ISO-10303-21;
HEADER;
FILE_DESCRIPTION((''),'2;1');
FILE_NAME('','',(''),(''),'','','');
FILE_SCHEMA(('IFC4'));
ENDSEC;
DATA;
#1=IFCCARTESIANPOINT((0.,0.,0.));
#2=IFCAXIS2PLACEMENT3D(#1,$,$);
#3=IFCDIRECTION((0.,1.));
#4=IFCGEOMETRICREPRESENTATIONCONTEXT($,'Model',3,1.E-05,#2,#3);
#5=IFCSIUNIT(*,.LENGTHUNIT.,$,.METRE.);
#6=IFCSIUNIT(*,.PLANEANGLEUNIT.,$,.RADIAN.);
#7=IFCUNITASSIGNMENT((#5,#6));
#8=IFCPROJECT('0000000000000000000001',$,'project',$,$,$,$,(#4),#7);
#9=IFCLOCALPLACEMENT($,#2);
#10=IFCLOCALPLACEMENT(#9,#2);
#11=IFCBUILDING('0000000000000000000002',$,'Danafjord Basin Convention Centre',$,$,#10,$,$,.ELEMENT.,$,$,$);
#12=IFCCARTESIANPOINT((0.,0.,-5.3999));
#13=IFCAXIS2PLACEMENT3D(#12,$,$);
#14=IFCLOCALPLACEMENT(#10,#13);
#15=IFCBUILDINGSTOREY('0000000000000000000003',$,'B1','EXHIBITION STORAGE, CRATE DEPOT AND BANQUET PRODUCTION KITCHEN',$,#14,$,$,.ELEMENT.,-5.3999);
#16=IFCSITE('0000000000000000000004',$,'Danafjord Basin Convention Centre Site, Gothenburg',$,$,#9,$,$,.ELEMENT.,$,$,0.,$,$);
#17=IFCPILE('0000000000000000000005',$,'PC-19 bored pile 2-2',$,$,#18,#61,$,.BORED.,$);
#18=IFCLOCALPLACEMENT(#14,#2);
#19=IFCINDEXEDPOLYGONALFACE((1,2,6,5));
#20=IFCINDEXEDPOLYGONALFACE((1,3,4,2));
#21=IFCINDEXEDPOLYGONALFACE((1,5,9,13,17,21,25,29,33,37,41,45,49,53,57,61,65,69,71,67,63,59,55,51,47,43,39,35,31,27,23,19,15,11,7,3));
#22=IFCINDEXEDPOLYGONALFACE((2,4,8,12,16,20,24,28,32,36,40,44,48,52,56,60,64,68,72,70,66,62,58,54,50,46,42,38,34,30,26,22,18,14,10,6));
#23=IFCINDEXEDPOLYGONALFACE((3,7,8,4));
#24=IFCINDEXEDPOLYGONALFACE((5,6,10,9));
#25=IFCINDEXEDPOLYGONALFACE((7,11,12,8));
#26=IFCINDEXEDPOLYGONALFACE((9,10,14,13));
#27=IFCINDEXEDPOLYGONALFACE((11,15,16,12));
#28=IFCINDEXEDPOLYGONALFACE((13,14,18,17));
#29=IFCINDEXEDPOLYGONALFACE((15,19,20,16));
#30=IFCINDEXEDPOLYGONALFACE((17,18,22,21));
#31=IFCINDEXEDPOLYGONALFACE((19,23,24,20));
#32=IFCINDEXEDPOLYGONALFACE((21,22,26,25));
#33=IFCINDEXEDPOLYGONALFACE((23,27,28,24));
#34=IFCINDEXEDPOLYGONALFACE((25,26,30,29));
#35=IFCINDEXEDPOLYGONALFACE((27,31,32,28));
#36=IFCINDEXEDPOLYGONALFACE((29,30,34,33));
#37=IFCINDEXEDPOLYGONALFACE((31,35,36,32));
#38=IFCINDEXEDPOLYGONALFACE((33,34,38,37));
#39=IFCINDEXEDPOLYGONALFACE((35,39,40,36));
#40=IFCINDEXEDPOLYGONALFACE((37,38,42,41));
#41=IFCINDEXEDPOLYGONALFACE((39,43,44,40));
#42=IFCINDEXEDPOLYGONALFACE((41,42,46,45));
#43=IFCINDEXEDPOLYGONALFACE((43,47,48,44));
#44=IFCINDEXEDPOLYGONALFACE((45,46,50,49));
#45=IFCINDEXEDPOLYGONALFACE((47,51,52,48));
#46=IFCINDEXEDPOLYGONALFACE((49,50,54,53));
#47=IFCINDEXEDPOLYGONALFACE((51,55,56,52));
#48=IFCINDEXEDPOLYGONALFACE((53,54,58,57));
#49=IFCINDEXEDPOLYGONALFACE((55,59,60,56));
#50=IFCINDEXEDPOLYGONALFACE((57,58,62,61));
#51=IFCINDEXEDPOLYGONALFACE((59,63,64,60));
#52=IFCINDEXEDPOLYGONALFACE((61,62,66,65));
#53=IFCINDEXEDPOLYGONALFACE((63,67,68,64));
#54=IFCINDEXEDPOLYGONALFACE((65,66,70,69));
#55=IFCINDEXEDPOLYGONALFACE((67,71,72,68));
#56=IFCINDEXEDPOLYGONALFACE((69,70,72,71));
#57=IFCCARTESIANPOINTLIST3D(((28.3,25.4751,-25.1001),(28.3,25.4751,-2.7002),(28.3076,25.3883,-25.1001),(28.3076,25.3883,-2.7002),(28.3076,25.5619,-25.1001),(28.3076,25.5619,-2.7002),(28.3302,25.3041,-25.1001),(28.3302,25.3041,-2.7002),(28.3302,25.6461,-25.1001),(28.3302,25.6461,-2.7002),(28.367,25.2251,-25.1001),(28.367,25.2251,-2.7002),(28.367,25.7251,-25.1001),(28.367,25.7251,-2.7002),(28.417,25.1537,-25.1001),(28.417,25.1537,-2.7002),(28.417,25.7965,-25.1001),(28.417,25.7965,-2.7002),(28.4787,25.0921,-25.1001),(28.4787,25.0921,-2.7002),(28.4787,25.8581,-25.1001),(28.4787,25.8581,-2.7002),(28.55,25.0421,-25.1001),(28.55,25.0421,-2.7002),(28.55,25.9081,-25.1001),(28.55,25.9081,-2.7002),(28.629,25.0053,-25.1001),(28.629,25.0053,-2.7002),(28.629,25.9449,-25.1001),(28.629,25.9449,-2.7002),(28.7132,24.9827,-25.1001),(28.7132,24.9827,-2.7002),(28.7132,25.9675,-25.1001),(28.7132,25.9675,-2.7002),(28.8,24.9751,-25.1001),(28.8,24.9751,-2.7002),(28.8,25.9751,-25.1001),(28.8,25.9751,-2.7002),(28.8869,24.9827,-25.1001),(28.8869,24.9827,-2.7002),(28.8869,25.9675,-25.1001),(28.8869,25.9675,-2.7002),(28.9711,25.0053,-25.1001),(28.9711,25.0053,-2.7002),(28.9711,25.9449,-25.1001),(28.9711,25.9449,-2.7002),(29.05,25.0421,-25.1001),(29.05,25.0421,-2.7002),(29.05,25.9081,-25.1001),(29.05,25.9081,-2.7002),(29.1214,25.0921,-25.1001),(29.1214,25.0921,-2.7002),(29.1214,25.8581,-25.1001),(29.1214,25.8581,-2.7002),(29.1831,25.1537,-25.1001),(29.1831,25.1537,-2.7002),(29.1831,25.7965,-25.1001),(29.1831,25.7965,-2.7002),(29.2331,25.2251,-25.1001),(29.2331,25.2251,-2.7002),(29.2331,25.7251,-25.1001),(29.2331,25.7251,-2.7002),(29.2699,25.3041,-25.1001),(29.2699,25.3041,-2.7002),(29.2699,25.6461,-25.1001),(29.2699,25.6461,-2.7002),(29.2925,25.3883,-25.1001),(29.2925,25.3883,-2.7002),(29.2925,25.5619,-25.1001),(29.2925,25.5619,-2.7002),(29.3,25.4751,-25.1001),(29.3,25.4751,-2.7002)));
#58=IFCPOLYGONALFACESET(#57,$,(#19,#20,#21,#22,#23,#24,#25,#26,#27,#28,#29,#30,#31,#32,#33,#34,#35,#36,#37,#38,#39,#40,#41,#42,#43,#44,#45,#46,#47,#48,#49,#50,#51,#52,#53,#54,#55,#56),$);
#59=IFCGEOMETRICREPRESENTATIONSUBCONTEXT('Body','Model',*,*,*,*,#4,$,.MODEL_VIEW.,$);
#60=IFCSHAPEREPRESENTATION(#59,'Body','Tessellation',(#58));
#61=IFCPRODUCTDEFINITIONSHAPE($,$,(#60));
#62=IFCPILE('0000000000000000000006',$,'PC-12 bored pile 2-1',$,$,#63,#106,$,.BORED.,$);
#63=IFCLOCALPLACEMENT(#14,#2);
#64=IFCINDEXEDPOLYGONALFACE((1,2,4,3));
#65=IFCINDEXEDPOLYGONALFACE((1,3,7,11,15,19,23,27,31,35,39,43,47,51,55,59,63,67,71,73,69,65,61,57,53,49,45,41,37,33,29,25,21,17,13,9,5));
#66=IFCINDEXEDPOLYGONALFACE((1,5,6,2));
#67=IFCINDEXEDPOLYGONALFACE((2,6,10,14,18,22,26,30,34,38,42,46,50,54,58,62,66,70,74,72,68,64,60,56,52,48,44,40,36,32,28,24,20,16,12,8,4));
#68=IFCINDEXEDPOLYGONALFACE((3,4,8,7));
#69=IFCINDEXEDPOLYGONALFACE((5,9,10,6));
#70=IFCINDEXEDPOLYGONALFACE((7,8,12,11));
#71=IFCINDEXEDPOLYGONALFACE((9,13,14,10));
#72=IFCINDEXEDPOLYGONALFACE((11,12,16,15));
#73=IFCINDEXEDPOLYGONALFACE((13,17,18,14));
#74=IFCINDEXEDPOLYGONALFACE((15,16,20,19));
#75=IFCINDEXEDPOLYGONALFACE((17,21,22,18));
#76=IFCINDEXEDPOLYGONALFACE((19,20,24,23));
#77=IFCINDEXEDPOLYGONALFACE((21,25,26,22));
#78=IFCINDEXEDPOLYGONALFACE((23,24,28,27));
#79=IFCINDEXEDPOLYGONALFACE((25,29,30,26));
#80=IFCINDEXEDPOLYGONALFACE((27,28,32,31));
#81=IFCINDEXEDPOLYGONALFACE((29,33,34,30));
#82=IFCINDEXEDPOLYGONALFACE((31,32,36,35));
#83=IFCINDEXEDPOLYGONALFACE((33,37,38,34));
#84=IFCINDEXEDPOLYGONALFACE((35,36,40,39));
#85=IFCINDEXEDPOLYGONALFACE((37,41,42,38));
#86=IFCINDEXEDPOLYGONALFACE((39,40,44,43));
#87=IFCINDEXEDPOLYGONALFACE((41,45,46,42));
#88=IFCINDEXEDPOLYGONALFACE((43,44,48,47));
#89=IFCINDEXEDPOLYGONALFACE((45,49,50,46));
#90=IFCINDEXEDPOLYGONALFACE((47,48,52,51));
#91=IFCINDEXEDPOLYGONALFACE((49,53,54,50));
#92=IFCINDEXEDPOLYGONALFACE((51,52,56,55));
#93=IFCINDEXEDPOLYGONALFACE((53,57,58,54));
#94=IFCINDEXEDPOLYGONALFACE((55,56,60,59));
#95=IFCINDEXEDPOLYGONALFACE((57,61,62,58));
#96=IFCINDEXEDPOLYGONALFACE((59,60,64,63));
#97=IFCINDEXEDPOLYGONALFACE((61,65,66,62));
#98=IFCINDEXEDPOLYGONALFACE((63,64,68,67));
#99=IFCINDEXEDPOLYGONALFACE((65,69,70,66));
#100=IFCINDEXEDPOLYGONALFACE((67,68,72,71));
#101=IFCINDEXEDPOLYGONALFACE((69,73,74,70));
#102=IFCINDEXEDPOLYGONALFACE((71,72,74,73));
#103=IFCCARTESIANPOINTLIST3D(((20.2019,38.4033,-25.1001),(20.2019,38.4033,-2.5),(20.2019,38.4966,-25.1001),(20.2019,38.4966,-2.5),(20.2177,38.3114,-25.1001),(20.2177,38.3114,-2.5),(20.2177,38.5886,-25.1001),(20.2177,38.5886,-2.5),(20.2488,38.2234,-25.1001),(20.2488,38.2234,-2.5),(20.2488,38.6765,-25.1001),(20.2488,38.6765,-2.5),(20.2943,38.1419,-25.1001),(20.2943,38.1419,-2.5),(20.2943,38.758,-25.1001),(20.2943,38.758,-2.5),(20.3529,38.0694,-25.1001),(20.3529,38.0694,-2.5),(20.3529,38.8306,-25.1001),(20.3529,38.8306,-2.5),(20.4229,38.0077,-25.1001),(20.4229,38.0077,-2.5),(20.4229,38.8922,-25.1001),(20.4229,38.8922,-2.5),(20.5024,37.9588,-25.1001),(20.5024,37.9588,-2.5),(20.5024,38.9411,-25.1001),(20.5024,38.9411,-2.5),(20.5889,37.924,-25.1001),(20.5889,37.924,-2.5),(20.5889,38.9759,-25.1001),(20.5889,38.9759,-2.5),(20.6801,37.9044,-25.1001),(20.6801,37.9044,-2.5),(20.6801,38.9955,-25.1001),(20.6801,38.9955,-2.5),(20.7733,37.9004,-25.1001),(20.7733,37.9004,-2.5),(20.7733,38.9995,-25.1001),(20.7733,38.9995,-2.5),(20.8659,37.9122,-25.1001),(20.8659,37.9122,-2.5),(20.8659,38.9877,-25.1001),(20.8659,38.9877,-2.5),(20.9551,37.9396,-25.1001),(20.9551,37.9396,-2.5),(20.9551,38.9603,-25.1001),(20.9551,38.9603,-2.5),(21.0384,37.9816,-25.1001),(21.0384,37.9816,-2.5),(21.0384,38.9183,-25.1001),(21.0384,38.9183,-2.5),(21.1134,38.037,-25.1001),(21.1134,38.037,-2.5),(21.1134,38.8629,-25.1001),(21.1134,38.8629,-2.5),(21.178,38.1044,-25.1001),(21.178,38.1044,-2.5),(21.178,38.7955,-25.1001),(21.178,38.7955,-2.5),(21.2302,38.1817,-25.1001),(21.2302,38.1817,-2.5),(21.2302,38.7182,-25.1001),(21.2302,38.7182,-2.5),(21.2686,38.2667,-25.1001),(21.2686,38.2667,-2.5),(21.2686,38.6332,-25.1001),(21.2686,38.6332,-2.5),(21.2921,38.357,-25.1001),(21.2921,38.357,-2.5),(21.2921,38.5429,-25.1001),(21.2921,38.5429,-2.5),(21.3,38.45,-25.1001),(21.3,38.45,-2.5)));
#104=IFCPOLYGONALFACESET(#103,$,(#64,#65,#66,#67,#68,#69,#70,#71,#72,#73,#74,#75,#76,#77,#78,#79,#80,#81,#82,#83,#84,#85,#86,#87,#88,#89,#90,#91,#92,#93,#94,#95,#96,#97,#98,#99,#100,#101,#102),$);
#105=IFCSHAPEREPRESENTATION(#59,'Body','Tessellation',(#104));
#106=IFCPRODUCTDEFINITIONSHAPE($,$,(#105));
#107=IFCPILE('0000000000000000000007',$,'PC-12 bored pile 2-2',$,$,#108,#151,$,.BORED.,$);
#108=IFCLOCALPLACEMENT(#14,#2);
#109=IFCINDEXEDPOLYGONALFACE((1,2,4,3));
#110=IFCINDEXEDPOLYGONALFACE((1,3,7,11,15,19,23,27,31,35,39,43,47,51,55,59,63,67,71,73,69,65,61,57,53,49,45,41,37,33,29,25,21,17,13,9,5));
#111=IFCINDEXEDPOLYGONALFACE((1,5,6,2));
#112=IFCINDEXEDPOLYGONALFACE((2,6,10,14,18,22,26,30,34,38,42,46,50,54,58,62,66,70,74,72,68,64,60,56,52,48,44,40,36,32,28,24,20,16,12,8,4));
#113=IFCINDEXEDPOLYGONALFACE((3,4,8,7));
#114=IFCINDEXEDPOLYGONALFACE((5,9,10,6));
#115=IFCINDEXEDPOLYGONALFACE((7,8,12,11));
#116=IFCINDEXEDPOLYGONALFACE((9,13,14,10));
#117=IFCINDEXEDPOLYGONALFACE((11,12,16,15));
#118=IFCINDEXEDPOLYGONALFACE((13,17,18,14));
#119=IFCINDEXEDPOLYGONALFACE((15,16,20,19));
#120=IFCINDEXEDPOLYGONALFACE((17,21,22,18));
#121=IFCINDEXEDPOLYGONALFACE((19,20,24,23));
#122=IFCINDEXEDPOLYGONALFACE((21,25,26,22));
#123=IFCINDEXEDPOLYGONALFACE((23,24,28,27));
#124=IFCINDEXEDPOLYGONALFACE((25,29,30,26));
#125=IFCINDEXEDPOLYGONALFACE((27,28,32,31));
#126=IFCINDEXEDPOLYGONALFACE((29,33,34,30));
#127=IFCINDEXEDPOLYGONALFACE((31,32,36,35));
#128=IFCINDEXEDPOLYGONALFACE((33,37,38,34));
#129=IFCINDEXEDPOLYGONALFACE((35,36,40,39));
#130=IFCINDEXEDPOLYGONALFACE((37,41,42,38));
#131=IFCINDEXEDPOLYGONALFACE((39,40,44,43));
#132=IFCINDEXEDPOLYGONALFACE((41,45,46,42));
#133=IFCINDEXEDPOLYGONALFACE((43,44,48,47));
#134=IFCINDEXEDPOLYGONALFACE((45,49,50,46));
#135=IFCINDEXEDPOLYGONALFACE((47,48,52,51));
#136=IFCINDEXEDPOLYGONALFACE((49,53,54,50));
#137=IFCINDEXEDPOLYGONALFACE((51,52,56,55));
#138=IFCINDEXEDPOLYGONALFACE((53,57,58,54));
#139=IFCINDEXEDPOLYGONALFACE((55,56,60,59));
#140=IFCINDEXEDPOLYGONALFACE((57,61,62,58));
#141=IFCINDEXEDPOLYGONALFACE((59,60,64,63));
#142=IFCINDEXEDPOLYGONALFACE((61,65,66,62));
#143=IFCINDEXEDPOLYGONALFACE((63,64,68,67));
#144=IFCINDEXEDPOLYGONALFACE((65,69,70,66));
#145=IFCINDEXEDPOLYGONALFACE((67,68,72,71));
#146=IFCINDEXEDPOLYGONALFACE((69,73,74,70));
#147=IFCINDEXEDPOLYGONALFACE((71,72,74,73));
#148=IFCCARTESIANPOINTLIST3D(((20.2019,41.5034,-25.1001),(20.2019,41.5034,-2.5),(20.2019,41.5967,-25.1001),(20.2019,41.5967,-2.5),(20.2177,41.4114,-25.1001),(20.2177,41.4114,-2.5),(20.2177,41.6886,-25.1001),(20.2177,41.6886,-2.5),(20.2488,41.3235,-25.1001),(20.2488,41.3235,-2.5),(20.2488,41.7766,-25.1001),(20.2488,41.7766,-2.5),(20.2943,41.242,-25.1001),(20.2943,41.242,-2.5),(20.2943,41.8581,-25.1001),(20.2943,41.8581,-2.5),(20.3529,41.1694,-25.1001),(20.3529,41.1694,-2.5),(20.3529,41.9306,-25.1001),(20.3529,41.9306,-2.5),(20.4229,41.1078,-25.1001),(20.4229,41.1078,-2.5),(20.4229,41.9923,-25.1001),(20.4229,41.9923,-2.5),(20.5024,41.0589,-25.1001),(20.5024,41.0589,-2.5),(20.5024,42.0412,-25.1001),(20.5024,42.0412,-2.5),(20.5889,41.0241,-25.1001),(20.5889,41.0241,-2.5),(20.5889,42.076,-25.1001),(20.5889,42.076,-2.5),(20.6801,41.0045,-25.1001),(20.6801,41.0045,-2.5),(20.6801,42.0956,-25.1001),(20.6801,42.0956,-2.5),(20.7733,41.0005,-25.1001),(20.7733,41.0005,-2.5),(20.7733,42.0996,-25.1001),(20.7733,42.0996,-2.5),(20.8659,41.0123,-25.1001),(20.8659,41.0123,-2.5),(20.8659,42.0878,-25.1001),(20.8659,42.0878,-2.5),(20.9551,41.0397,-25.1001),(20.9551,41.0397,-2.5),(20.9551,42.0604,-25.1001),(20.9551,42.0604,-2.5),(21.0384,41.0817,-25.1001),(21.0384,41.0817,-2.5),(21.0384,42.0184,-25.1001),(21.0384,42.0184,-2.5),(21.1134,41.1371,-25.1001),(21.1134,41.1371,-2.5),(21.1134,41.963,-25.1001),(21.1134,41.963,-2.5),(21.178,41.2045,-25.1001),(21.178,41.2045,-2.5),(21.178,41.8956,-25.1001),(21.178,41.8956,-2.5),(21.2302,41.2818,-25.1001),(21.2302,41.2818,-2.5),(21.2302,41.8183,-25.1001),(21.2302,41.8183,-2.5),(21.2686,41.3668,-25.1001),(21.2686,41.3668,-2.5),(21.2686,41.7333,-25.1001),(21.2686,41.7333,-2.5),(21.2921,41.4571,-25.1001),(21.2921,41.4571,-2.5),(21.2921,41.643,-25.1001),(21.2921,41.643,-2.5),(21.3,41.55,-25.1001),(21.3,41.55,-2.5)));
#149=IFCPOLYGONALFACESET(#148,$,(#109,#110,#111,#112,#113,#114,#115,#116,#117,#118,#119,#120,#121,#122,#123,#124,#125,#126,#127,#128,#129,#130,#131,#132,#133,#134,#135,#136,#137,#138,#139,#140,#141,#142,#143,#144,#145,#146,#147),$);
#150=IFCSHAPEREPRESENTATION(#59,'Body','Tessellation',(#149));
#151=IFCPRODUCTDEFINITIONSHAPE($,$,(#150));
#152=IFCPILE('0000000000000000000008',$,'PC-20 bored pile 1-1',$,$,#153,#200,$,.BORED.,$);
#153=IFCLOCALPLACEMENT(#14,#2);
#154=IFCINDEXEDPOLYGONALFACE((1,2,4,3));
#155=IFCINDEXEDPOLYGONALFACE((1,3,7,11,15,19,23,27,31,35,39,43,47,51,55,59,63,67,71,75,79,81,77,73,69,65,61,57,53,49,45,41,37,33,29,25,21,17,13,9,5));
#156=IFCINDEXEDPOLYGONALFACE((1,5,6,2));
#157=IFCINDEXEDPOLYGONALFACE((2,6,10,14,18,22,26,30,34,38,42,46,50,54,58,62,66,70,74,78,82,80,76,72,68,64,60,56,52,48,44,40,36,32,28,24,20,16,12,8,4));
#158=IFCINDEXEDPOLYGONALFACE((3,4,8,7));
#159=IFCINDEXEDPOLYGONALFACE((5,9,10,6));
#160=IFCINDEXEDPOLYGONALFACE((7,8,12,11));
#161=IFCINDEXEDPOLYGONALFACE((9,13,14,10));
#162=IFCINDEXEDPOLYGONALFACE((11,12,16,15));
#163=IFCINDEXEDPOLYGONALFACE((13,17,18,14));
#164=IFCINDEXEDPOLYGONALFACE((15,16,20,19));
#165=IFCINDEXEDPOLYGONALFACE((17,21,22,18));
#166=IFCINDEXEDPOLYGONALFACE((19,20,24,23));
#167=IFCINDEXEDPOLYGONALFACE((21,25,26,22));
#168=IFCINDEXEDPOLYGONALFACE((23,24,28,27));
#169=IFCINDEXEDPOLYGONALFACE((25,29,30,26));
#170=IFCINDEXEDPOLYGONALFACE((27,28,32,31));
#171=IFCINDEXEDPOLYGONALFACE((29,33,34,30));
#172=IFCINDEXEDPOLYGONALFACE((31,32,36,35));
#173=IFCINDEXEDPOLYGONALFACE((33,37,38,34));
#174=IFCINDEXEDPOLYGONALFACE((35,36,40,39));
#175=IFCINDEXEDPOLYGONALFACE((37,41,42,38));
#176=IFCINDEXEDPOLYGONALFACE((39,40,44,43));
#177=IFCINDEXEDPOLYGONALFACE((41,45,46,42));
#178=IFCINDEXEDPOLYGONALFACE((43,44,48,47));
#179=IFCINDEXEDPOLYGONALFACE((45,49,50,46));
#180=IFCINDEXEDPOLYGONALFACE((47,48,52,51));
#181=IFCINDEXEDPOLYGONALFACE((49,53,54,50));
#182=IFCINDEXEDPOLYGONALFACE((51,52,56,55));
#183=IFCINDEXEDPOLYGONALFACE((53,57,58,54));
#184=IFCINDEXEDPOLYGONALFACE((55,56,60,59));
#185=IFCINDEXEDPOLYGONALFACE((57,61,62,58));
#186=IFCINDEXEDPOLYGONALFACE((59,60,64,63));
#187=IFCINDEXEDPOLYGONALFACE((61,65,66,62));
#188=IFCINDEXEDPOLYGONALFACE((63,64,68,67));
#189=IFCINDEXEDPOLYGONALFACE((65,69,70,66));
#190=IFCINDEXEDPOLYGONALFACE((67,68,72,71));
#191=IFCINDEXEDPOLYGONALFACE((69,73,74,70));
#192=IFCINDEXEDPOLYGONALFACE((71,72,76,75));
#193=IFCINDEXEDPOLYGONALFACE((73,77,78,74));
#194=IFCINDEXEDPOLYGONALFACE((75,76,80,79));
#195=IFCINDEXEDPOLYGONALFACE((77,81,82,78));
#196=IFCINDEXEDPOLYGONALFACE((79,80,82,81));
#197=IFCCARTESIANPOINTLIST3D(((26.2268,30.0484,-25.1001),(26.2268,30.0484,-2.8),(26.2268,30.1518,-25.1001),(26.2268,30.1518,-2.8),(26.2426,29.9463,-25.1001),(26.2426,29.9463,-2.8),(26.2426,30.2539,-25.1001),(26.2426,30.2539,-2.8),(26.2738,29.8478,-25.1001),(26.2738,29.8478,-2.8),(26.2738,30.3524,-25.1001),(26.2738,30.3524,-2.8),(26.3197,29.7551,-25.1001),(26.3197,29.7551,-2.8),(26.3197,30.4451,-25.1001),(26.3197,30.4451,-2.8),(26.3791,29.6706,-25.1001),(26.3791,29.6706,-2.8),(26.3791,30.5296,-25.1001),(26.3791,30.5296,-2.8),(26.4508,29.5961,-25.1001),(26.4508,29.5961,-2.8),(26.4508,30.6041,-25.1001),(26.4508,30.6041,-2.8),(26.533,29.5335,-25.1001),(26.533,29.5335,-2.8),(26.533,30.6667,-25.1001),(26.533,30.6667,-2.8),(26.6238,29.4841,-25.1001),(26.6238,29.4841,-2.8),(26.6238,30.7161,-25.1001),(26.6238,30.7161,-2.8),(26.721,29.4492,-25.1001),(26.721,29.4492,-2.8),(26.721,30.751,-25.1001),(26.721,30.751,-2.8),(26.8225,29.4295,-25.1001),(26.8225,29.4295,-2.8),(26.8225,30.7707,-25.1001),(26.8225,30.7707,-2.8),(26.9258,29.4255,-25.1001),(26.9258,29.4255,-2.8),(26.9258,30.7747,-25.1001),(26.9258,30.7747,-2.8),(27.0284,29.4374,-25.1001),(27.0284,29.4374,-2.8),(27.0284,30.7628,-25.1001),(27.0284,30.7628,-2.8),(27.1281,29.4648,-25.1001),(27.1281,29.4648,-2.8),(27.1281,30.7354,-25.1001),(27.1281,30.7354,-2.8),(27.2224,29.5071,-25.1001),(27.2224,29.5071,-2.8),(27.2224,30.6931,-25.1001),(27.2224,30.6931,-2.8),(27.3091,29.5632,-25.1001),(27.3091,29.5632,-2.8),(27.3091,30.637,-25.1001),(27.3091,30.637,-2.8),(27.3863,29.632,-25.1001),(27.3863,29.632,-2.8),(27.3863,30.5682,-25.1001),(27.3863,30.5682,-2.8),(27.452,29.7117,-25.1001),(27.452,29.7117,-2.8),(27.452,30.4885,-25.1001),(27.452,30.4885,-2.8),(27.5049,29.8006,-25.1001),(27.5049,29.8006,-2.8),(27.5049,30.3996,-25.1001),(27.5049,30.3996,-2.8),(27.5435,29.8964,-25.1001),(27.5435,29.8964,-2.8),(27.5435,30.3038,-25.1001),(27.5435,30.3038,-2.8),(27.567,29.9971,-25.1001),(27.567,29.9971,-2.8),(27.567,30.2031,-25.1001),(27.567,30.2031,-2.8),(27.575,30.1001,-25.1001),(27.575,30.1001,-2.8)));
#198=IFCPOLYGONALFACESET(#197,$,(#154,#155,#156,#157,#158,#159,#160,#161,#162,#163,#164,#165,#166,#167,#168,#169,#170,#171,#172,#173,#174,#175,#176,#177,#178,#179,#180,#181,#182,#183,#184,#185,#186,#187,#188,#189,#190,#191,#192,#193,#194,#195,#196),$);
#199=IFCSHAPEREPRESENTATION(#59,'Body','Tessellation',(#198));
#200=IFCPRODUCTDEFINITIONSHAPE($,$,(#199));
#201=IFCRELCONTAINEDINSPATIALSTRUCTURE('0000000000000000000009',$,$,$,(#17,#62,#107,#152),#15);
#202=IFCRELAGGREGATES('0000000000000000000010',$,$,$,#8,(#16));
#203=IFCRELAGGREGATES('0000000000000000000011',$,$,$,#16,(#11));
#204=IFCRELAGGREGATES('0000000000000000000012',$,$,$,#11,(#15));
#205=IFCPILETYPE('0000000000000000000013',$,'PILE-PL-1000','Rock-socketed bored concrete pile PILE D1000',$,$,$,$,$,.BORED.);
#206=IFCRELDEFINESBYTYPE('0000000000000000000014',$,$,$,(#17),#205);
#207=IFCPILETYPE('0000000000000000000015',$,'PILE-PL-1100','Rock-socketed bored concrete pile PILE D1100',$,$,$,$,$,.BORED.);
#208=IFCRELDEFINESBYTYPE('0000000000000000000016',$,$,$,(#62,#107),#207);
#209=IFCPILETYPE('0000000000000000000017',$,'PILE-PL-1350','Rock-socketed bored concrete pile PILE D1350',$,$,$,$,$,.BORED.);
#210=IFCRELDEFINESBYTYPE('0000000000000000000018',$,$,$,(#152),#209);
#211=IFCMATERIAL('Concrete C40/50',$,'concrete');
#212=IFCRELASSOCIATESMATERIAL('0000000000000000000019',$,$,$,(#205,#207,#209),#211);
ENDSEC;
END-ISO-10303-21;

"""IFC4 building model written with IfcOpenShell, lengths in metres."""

from ifc_helpers import new_model, si_unit, direction, frame, origin, origin_2d, place, context, subcontext, project, spatial, circle, extrude, material, material_profile, profile_set, type_object, element, save


model = new_model("IFC4")

# Units and contexts
model_context = context("Model", 3, precision=1e-05, world=origin(), true_north=direction((0.0, 1.0)))
body_context = subcontext(model_context, "Body", "Model", "MODEL_VIEW")
ifc_project = project(units=[si_unit("LENGTHUNIT", "METRE"), si_unit("PLANEANGLEUNIT", "RADIAN")], contexts=[model_context])

# Site, building, storey
site_placement = place(None, origin())
site = spatial("IfcSite", under=ifc_project, at=site_placement, Name="Danafjord Basin Convention Centre Site, Gothenburg", CompositionType="ELEMENT", RefElevation=0.0)
building_placement = place(site_placement, origin())
building = spatial("IfcBuilding", under=site, at=building_placement, Name="Danafjord Basin Convention Centre", CompositionType="ELEMENT")
storey_placement = place(building_placement, frame((0.0, 0.0, -5.3999)))
storey = spatial("IfcBuildingStorey", under=building, at=storey_placement, Name="B1", Description="EXHIBITION STORAGE, CRATE DEPOT AND BANQUET PRODUCTION KITCHEN", CompositionType="ELEMENT", Elevation=-5.3999)

# Shared definitions
ifc_material_1 = material(Name="Concrete C40/50", Category="concrete")

# Piles
ifc_material_profile_1 = material_profile(ifc_material_1, circle(Radius=0.5, at=origin_2d()), Name="PILE D1000")
ifc_profile_set_1 = profile_set([ifc_material_profile_1], Name="Concrete C40/50")
pile_type_1 = type_object("IfcPileType", Name="PILE-PL-1000", Description="Rock-socketed bored concrete pile PILE D1000", PredefinedType="BORED", material=ifc_profile_set_1)
for number, where, z_axis, x_axis, name in (
    (1, (28.8, 25.4751, -2.7002), (0.0, 0.0, -1.0), (1.0, 0.0, 0.0), "PC-19 bored pile 2-2"),
):
    element("IfcPile", number, at=place(storey_placement, frame(where, z_axis=z_axis, x_axis=x_axis)), inside=storey, type_object=pile_type_1, Name=name, PredefinedType="BORED", context=body_context, shape_type="SweptSolid", body=[
        extrude(circle(Radius=0.5, at=origin_2d()), origin(), (0.0, 0.0, 1.0), 22.3999),
    ])
ifc_material_profile_2 = material_profile(ifc_material_1, circle(Radius=0.55, at=origin_2d()), Name="PILE D1100")
ifc_profile_set_2 = profile_set([ifc_material_profile_2], Name="Concrete C40/50")
pile_type_2 = type_object("IfcPileType", Name="PILE-PL-1100", Description="Rock-socketed bored concrete pile PILE D1100", PredefinedType="BORED", material=ifc_profile_set_2)
for number, where, z_axis, x_axis, name in (
    (2, (20.75, 38.45, -2.5), (0.0, 0.0, -1.0), (1.0, 0.0, 0.0), "PC-12 bored pile 2-1"),
    (3, (20.75, 41.55, -2.5), (0.0, 0.0, -1.0), (1.0, 0.0, 0.0), "PC-12 bored pile 2-2"),
):
    element("IfcPile", number, at=place(storey_placement, frame(where, z_axis=z_axis, x_axis=x_axis)), inside=storey, type_object=pile_type_2, Name=name, PredefinedType="BORED", context=body_context, shape_type="SweptSolid", body=[
        extrude(circle(Radius=0.55, at=origin_2d()), origin(), (0.0, 0.0, 1.0), 22.6001),
    ])
ifc_material_profile_3 = material_profile(ifc_material_1, circle(Radius=0.675, at=origin_2d()), Name="PILE D1350")
ifc_profile_set_3 = profile_set([ifc_material_profile_3], Name="Concrete C40/50")
pile_type_3 = type_object("IfcPileType", Name="PILE-PL-1350", Description="Rock-socketed bored concrete pile PILE D1350", PredefinedType="BORED", material=ifc_profile_set_3)
for number, where, z_axis, x_axis, name in (
    (4, (26.8999, 30.1001, -2.8), (0.0, 0.0, -1.0), (1.0, 0.0, 0.0), "PC-20 bored pile 1-1"),
):
    element("IfcPile", number, at=place(storey_placement, frame(where, z_axis=z_axis, x_axis=x_axis)), inside=storey, type_object=pile_type_3, Name=name, PredefinedType="BORED", context=body_context, shape_type="SweptSolid", body=[
        extrude(circle(Radius=0.675, at=origin_2d()), origin(), (0.0, 0.0, 1.0), 22.3),
    ])

save(model, "model.ifc")
